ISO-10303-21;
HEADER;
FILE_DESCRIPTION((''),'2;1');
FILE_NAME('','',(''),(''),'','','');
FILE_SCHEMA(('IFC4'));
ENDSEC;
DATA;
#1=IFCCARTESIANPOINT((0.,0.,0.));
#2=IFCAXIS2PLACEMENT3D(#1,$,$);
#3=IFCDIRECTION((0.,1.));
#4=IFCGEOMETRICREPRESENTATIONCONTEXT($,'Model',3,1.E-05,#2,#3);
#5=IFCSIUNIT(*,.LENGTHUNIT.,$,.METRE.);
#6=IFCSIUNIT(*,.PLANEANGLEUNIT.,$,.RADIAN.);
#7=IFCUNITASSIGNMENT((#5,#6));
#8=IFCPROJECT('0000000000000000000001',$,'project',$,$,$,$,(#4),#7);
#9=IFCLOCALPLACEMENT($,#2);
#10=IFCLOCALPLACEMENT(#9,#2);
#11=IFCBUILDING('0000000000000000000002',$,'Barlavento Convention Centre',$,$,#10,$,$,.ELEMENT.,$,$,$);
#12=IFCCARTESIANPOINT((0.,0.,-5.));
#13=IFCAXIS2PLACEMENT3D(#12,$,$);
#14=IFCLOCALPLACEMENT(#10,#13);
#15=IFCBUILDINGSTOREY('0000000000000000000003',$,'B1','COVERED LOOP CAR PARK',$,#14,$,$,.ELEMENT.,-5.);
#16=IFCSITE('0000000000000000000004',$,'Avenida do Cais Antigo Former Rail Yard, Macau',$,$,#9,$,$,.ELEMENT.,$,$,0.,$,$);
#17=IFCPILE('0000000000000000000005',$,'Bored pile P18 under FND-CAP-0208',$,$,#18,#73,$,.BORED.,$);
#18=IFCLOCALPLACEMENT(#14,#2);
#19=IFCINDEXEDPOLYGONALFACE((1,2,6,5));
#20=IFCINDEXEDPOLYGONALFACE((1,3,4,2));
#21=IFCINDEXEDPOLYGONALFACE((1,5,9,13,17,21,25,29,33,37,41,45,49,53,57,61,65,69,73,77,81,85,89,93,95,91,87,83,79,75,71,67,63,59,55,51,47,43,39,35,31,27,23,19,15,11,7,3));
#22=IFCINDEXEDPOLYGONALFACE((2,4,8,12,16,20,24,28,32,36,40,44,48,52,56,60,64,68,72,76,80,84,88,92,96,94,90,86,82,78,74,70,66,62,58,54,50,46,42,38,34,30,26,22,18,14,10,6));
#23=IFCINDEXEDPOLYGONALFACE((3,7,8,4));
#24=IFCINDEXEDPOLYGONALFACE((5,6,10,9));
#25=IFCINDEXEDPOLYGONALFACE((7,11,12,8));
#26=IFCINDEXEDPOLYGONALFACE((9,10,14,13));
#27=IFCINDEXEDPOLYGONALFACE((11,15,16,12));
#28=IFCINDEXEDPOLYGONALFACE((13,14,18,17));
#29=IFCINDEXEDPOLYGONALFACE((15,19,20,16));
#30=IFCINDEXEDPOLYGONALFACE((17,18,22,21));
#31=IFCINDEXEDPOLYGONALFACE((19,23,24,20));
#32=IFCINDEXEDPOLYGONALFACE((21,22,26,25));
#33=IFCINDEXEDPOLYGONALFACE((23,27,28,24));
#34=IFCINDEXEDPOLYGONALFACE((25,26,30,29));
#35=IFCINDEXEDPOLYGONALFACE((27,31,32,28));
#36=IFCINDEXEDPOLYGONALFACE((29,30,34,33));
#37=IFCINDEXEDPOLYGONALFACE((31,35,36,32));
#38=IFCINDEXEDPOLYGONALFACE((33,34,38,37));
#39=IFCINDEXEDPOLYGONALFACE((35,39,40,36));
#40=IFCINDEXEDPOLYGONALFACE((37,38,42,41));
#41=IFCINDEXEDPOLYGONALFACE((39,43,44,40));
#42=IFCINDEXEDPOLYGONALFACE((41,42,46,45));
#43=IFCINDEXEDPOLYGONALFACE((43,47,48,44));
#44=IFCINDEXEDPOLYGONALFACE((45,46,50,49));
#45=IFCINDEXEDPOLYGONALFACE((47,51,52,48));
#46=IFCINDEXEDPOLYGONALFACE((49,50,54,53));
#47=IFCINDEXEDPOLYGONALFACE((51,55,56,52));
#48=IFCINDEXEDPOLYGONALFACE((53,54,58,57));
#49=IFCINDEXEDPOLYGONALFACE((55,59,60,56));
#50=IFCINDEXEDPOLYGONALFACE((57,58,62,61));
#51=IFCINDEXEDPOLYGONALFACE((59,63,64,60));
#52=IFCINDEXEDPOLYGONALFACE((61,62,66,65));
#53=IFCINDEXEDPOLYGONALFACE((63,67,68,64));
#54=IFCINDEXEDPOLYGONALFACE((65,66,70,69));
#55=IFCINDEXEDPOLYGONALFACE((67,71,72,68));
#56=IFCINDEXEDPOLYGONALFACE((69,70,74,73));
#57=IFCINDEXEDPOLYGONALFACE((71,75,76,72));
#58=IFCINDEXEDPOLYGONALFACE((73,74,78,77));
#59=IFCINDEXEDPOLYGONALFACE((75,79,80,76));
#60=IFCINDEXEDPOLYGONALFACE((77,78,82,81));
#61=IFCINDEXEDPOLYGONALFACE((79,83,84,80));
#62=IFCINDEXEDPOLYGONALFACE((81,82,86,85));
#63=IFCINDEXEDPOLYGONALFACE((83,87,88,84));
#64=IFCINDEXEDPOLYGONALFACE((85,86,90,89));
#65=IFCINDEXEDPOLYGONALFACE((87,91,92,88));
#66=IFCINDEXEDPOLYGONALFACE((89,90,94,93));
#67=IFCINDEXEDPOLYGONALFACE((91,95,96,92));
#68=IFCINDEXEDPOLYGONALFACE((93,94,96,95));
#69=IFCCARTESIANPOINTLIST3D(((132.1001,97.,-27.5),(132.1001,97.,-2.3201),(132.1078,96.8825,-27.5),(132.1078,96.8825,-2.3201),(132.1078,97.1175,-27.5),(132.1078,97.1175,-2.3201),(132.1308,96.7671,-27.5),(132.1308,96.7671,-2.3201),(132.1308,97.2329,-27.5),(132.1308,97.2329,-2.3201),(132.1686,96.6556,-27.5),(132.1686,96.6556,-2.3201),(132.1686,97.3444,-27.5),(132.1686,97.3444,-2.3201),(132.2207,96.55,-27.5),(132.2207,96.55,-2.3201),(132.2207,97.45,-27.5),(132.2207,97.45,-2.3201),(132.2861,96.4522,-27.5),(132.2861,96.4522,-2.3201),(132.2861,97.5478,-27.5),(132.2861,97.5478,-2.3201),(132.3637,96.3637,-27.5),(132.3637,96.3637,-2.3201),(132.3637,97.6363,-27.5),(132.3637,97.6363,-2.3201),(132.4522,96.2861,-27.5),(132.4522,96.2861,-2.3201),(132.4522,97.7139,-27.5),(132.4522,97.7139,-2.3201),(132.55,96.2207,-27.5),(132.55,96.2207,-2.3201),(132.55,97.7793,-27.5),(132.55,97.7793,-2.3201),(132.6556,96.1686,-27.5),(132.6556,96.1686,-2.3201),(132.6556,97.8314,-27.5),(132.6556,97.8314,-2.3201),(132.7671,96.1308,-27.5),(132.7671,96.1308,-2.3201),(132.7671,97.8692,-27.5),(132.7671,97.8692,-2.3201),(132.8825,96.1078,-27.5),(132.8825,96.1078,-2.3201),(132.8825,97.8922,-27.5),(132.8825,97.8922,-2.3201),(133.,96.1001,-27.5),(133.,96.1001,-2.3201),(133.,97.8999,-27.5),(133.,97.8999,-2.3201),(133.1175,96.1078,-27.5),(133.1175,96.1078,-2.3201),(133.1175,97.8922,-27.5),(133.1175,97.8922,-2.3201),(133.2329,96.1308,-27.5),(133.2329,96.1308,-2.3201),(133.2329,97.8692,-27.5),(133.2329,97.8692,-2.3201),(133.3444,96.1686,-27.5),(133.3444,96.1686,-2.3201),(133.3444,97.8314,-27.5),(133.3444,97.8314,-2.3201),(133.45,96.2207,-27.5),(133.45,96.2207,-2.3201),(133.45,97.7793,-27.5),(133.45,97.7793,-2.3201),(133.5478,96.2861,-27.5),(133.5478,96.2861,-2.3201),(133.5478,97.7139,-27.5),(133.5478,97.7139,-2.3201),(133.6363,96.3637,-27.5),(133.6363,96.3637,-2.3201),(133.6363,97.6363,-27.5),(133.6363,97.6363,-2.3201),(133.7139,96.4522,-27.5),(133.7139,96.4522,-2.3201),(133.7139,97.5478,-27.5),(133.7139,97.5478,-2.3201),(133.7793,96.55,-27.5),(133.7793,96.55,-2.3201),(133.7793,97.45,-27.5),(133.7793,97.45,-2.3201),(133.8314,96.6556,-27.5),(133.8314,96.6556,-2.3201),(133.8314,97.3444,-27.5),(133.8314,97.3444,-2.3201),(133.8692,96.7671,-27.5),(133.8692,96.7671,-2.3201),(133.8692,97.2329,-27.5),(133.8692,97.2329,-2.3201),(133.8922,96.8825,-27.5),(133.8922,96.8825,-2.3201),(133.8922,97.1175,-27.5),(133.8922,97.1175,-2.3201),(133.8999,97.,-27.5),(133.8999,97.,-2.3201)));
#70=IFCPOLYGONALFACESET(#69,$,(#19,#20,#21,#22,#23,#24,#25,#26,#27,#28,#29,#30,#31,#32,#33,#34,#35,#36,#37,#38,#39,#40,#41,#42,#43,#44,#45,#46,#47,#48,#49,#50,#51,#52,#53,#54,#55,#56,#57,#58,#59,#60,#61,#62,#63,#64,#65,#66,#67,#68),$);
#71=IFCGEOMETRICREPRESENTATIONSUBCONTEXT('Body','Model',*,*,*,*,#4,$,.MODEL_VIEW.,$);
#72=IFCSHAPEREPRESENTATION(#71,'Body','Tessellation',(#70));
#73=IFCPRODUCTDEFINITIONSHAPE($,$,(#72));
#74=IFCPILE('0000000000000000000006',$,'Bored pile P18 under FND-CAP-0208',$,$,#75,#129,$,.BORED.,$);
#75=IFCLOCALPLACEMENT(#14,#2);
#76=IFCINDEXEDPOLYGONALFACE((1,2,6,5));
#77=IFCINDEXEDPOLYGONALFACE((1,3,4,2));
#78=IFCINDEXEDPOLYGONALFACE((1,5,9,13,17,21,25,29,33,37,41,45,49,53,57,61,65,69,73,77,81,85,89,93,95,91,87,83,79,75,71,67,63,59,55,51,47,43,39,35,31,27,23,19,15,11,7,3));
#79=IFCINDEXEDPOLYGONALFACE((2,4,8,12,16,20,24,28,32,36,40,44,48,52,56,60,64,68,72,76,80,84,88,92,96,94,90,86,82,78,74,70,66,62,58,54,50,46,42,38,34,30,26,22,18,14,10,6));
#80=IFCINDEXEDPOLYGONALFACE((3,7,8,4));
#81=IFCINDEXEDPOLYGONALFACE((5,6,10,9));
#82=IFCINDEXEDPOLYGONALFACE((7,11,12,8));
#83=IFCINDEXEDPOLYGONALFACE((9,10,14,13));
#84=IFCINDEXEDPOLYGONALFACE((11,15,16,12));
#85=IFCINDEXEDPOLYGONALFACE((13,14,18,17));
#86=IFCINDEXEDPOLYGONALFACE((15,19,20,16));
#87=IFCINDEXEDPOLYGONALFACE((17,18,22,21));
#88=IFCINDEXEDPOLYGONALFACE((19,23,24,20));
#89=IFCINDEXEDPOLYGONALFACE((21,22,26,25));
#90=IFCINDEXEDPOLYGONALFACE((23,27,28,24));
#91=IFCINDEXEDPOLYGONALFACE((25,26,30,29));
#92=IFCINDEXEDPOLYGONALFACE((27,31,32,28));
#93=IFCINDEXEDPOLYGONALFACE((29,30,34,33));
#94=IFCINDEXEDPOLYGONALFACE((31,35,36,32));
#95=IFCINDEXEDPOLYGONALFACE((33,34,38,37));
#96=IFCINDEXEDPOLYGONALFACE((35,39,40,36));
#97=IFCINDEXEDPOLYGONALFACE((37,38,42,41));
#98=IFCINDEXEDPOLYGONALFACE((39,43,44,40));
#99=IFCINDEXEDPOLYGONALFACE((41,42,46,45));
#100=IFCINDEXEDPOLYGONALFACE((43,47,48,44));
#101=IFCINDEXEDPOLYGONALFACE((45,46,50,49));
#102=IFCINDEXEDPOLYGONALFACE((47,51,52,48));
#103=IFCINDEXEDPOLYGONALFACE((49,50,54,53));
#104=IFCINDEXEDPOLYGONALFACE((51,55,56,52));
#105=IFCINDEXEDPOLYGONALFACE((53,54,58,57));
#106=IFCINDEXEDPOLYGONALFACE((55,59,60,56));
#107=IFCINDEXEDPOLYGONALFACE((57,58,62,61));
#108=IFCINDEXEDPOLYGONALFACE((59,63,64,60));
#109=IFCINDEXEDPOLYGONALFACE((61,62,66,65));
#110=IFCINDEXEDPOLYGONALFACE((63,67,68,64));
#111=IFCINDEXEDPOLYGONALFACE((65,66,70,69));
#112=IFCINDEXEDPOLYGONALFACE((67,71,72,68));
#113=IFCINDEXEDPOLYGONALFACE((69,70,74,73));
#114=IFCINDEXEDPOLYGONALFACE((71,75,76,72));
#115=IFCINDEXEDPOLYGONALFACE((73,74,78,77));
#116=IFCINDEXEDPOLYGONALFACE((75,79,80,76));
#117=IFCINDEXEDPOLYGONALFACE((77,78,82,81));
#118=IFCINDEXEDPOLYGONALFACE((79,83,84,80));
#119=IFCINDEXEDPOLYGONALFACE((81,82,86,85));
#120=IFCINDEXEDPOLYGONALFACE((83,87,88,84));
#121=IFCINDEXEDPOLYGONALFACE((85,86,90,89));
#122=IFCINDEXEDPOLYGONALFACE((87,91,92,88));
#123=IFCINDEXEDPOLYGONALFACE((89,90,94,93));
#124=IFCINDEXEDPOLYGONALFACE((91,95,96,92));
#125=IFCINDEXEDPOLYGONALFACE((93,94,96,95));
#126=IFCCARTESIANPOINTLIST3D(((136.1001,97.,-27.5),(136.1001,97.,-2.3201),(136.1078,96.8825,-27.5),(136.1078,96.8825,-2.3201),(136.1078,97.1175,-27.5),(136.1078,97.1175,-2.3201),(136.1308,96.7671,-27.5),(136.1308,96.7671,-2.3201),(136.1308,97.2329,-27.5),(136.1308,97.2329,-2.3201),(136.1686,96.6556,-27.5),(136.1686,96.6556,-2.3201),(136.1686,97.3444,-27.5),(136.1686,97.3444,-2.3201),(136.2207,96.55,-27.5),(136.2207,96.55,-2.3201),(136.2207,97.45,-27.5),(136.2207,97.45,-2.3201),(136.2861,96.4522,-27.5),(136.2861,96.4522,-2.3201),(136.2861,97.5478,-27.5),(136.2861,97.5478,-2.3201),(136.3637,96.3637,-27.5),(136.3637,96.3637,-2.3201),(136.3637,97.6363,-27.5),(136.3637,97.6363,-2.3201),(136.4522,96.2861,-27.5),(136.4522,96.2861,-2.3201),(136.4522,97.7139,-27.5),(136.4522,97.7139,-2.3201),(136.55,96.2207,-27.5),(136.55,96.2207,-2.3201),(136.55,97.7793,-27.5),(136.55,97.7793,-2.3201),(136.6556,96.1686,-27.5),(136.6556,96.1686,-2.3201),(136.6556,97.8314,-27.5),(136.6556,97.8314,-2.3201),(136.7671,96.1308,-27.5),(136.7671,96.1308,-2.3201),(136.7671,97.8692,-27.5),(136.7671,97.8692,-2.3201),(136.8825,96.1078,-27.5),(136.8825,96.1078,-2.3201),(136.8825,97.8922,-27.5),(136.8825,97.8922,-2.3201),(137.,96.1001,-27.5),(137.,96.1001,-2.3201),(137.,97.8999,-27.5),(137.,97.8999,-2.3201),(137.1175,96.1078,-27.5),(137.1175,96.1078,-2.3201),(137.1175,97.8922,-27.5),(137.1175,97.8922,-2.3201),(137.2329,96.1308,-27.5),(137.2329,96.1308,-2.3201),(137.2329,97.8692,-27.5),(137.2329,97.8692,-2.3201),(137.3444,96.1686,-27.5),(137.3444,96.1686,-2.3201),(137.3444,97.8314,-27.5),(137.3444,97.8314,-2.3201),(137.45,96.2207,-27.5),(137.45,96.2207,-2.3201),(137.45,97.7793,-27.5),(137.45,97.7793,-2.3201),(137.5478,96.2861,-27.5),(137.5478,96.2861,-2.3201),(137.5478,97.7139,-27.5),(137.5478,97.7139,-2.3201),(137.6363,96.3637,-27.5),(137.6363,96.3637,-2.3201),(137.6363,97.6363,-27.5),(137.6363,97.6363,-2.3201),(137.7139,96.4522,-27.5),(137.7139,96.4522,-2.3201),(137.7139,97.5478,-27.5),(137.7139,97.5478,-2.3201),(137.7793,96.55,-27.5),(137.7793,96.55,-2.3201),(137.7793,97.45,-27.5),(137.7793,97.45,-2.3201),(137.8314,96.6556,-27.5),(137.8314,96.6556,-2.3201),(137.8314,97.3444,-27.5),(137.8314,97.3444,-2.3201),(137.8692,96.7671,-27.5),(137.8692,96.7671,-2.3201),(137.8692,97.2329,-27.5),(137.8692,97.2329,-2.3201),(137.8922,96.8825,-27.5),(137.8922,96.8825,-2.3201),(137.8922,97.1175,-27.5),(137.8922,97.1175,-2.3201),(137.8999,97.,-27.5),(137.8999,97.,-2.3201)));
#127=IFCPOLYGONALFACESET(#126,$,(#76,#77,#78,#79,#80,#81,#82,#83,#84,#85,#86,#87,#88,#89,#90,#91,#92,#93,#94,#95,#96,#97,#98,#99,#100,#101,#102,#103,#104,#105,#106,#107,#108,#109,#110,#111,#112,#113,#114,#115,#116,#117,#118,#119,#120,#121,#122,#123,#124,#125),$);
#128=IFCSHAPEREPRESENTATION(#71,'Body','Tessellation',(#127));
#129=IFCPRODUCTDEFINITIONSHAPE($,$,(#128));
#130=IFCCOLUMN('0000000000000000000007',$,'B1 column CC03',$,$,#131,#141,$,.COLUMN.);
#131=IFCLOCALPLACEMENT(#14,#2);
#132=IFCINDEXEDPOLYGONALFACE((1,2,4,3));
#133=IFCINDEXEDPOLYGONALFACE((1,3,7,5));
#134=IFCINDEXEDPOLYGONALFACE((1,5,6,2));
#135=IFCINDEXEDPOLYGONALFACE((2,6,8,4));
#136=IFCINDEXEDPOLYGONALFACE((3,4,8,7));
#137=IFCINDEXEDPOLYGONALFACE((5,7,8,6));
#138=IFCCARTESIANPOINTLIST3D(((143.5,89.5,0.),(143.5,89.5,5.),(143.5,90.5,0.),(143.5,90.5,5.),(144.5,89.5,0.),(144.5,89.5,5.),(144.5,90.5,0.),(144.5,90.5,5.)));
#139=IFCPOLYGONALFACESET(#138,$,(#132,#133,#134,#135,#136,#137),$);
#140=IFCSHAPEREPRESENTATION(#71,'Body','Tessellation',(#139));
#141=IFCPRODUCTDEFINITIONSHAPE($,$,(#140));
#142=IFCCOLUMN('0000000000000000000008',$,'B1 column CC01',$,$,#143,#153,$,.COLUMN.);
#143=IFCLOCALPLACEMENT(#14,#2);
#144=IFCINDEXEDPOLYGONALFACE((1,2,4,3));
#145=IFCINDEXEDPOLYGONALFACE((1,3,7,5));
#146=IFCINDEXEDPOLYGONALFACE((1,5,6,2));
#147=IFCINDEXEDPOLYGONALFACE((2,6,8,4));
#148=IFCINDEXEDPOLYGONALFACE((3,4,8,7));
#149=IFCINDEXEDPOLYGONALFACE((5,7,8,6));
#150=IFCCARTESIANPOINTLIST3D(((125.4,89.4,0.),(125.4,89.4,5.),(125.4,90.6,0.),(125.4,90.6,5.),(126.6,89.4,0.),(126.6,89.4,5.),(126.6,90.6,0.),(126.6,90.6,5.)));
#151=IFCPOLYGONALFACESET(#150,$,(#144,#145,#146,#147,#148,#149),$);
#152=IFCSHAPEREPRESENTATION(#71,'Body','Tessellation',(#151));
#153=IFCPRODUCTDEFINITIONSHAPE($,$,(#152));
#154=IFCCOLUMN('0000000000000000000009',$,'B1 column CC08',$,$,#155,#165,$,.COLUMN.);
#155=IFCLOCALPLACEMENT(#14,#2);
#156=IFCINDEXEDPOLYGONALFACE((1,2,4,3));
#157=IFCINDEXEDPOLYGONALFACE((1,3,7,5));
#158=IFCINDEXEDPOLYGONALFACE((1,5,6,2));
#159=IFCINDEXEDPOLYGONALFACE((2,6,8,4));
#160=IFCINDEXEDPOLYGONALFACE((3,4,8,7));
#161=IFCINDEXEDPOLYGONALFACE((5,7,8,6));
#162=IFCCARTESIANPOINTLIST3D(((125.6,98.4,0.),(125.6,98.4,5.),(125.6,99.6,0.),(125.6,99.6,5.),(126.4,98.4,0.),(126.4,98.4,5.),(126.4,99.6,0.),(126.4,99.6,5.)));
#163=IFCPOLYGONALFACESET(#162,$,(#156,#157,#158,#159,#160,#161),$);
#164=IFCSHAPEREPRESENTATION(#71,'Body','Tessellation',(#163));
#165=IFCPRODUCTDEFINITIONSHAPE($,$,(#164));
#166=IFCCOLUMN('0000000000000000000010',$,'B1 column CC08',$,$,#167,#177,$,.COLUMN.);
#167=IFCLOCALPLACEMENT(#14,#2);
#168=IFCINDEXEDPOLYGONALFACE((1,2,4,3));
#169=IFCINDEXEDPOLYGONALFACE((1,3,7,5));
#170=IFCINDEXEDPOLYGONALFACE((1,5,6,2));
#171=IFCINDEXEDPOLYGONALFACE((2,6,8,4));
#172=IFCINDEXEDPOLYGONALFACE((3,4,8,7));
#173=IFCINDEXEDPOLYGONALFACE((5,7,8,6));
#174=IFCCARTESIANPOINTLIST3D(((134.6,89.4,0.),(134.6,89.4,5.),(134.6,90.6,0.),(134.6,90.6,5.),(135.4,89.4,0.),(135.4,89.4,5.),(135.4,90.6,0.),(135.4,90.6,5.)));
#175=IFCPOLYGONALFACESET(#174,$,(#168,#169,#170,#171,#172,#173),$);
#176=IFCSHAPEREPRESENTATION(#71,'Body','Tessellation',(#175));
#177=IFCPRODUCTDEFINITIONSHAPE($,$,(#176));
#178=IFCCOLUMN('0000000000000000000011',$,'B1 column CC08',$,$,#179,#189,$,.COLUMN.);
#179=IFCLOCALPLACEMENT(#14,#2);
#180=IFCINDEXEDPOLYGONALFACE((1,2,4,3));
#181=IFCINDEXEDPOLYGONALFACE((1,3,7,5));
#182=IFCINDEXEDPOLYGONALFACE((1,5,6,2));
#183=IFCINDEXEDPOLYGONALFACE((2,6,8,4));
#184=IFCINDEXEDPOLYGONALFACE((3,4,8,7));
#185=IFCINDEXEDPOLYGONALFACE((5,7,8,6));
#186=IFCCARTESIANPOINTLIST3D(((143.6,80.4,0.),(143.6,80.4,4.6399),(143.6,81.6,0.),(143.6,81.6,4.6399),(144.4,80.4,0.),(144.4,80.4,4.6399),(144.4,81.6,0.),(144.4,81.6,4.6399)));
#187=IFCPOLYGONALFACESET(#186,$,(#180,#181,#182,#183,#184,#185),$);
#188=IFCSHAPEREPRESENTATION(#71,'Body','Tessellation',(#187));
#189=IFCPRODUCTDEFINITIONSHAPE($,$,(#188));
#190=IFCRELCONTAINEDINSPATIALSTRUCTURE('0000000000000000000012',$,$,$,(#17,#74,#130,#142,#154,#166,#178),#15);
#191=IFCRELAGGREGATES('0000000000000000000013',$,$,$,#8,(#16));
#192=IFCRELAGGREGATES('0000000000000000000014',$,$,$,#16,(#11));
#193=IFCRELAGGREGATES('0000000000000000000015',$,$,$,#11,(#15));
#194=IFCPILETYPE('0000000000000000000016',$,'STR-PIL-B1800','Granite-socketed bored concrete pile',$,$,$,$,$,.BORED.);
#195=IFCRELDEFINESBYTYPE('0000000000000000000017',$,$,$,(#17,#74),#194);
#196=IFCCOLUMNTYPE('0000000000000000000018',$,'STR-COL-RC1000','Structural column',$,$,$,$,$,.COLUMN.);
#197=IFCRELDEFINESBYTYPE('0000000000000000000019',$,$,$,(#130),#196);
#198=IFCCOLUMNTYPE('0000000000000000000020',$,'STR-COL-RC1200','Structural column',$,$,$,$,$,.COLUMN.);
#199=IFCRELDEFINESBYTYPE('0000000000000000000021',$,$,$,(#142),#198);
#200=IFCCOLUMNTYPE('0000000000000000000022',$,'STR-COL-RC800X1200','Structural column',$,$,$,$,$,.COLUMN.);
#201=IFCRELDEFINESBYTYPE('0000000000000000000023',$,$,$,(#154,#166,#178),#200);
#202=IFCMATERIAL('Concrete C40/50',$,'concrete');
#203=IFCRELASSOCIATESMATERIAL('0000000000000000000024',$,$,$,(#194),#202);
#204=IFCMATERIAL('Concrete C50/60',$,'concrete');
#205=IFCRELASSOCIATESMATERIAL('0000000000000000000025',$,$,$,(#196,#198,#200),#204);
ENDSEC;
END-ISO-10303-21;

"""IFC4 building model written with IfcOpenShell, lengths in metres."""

from ifc_helpers import new_model, si_unit, direction, frame, origin, origin_2d, place, context, subcontext, project, spatial, rectangle, circle, extrude, material, material_profile, profile_set, type_object, element, save


model = new_model("IFC4")

# Units and contexts
model_context = context("Model", 3, precision=1e-05, world=origin(), true_north=direction((0.0, 1.0)))
body_context = subcontext(model_context, "Body", "Model", "MODEL_VIEW")
ifc_project = project(units=[si_unit("LENGTHUNIT", "METRE"), si_unit("PLANEANGLEUNIT", "RADIAN")], contexts=[model_context])

# Site, building, storey
site_placement = place(None, origin())
site = spatial("IfcSite", under=ifc_project, at=site_placement, Name="Avenida do Cais Antigo Former Rail Yard, Macau", CompositionType="ELEMENT", RefElevation=0.0)
building_placement = place(site_placement, origin())
building = spatial("IfcBuilding", under=site, at=building_placement, Name="Barlavento Convention Centre", CompositionType="ELEMENT")
storey_placement = place(building_placement, frame((0.0, 0.0, -5.0)))
storey = spatial("IfcBuildingStorey", under=building, at=storey_placement, Name="B1", Description="COVERED LOOP CAR PARK", CompositionType="ELEMENT", Elevation=-5.0)

# Shared definitions
ifc_material_1 = material(Name="Concrete C40/50", Category="concrete")

# Piles
ifc_material_profile_1 = material_profile(ifc_material_1, circle(Radius=0.8999, at=origin_2d()), Name="BORED PILE 1800")
ifc_profile_set_1 = profile_set([ifc_material_profile_1], Name="Concrete C40/50")
pile_type_1 = type_object("IfcPileType", Name="STR-PIL-B1800", Description="Granite-socketed bored concrete pile", PredefinedType="BORED", material=ifc_profile_set_1)
for number, where, z_axis, x_axis, name in (
    (1, (133.0, 97.0, -2.3201), (0.0, 0.0, -1.0), (1.0, 0.0, 0.0), "Bored pile P18 under FND-CAP-0208"),
    (2, (137.0, 97.0, -2.3201), (0.0, 0.0, -1.0), (1.0, 0.0, 0.0), "Bored pile P18 under FND-CAP-0208"),
):
    element("IfcPile", number, at=place(storey_placement, frame(where, z_axis=z_axis, x_axis=x_axis)), inside=storey, type_object=pile_type_1, Name=name, PredefinedType="BORED", context=body_context, shape_type="SweptSolid", body=[
        extrude(circle(Radius=0.8999, at=origin_2d()), origin(), (0.0, 0.0, 1.0), 25.1799),
    ])

# Columns
ifc_material_2 = material(Name="Concrete C50/60", Category="concrete")
ifc_material_profile_2 = material_profile(ifc_material_2, rectangle(XDim=1.0, YDim=1.0, at=origin_2d()), Name="RC 1000x1000")
ifc_profile_set_2 = profile_set([ifc_material_profile_2], Name="Concrete C50/60")
column_type_1 = type_object("IfcColumnType", Name="STR-COL-RC1000", Description="Structural column", PredefinedType="COLUMN", material=ifc_profile_set_2)
column_1_placement = place(storey_placement, frame((144.0, 90.0, 0.0), z_axis=(0.0, 0.0, 1.0), x_axis=(1.0, 0.0, 0.0)))
element("IfcColumn", 3, at=column_1_placement, inside=storey, type_object=column_type_1, Name="B1 column CC03", PredefinedType="COLUMN", context=body_context, shape_type="SweptSolid", body=[
    extrude(rectangle(XDim=1.0, YDim=1.0, at=origin_2d()), origin(), (0.0, 0.0, 1.0), 5.0),
])
ifc_material_profile_3 = material_profile(ifc_material_2, rectangle(XDim=1.2, YDim=1.2, at=origin_2d()), Name="RC 1200x1200")
ifc_profile_set_3 = profile_set([ifc_material_profile_3], Name="Concrete C50/60")
column_type_2 = type_object("IfcColumnType", Name="STR-COL-RC1200", Description="Structural column", PredefinedType="COLUMN", material=ifc_profile_set_3)
column_2_placement = place(storey_placement, frame((126.0, 90.0, 0.0), z_axis=(0.0, 0.0, 1.0), x_axis=(1.0, 0.0, 0.0)))
element("IfcColumn", 4, at=column_2_placement, inside=storey, type_object=column_type_2, Name="B1 column CC01", PredefinedType="COLUMN", context=body_context, shape_type="SweptSolid", body=[
    extrude(rectangle(XDim=1.2, YDim=1.2, at=origin_2d()), origin(), (0.0, 0.0, 1.0), 5.0),
])
ifc_material_profile_4 = material_profile(ifc_material_2, rectangle(XDim=0.8, YDim=1.2, at=origin_2d()), Name="RC 800x1200")
ifc_profile_set_4 = profile_set([ifc_material_profile_4], Name="Concrete C50/60")
column_type_3 = type_object("IfcColumnType", Name="STR-COL-RC800X1200", Description="Structural column", PredefinedType="COLUMN", material=ifc_profile_set_4)
for number, where, z_axis, x_axis, name in (
    (5, (126.0, 99.0, 0.0), (0.0, 0.0, 1.0), (1.0, 0.0, 0.0), "B1 column CC08"),
    (6, (135.0, 90.0, 0.0), (0.0, 0.0, 1.0), (1.0, 0.0, 0.0), "B1 column CC08"),
):
    element("IfcColumn", number, at=place(storey_placement, frame(where, z_axis=z_axis, x_axis=x_axis)), inside=storey, type_object=column_type_3, Name=name, PredefinedType="COLUMN", context=body_context, shape_type="SweptSolid", body=[
        extrude(rectangle(XDim=0.8, YDim=1.2, at=origin_2d()), origin(), (0.0, 0.0, 1.0), 5.0),
    ])
column_3_placement = place(storey_placement, frame((144.0, 81.0, 0.0), z_axis=(0.0, 0.0, 1.0), x_axis=(1.0, 0.0, 0.0)))
element("IfcColumn", 7, at=column_3_placement, inside=storey, type_object=column_type_3, Name="B1 column CC08", PredefinedType="COLUMN", context=body_context, shape_type="SweptSolid", body=[
    extrude(rectangle(XDim=0.8, YDim=1.2, at=origin_2d()), origin(), (0.0, 0.0, 1.0), 4.6399),
])

save(model, "model.ifc")
